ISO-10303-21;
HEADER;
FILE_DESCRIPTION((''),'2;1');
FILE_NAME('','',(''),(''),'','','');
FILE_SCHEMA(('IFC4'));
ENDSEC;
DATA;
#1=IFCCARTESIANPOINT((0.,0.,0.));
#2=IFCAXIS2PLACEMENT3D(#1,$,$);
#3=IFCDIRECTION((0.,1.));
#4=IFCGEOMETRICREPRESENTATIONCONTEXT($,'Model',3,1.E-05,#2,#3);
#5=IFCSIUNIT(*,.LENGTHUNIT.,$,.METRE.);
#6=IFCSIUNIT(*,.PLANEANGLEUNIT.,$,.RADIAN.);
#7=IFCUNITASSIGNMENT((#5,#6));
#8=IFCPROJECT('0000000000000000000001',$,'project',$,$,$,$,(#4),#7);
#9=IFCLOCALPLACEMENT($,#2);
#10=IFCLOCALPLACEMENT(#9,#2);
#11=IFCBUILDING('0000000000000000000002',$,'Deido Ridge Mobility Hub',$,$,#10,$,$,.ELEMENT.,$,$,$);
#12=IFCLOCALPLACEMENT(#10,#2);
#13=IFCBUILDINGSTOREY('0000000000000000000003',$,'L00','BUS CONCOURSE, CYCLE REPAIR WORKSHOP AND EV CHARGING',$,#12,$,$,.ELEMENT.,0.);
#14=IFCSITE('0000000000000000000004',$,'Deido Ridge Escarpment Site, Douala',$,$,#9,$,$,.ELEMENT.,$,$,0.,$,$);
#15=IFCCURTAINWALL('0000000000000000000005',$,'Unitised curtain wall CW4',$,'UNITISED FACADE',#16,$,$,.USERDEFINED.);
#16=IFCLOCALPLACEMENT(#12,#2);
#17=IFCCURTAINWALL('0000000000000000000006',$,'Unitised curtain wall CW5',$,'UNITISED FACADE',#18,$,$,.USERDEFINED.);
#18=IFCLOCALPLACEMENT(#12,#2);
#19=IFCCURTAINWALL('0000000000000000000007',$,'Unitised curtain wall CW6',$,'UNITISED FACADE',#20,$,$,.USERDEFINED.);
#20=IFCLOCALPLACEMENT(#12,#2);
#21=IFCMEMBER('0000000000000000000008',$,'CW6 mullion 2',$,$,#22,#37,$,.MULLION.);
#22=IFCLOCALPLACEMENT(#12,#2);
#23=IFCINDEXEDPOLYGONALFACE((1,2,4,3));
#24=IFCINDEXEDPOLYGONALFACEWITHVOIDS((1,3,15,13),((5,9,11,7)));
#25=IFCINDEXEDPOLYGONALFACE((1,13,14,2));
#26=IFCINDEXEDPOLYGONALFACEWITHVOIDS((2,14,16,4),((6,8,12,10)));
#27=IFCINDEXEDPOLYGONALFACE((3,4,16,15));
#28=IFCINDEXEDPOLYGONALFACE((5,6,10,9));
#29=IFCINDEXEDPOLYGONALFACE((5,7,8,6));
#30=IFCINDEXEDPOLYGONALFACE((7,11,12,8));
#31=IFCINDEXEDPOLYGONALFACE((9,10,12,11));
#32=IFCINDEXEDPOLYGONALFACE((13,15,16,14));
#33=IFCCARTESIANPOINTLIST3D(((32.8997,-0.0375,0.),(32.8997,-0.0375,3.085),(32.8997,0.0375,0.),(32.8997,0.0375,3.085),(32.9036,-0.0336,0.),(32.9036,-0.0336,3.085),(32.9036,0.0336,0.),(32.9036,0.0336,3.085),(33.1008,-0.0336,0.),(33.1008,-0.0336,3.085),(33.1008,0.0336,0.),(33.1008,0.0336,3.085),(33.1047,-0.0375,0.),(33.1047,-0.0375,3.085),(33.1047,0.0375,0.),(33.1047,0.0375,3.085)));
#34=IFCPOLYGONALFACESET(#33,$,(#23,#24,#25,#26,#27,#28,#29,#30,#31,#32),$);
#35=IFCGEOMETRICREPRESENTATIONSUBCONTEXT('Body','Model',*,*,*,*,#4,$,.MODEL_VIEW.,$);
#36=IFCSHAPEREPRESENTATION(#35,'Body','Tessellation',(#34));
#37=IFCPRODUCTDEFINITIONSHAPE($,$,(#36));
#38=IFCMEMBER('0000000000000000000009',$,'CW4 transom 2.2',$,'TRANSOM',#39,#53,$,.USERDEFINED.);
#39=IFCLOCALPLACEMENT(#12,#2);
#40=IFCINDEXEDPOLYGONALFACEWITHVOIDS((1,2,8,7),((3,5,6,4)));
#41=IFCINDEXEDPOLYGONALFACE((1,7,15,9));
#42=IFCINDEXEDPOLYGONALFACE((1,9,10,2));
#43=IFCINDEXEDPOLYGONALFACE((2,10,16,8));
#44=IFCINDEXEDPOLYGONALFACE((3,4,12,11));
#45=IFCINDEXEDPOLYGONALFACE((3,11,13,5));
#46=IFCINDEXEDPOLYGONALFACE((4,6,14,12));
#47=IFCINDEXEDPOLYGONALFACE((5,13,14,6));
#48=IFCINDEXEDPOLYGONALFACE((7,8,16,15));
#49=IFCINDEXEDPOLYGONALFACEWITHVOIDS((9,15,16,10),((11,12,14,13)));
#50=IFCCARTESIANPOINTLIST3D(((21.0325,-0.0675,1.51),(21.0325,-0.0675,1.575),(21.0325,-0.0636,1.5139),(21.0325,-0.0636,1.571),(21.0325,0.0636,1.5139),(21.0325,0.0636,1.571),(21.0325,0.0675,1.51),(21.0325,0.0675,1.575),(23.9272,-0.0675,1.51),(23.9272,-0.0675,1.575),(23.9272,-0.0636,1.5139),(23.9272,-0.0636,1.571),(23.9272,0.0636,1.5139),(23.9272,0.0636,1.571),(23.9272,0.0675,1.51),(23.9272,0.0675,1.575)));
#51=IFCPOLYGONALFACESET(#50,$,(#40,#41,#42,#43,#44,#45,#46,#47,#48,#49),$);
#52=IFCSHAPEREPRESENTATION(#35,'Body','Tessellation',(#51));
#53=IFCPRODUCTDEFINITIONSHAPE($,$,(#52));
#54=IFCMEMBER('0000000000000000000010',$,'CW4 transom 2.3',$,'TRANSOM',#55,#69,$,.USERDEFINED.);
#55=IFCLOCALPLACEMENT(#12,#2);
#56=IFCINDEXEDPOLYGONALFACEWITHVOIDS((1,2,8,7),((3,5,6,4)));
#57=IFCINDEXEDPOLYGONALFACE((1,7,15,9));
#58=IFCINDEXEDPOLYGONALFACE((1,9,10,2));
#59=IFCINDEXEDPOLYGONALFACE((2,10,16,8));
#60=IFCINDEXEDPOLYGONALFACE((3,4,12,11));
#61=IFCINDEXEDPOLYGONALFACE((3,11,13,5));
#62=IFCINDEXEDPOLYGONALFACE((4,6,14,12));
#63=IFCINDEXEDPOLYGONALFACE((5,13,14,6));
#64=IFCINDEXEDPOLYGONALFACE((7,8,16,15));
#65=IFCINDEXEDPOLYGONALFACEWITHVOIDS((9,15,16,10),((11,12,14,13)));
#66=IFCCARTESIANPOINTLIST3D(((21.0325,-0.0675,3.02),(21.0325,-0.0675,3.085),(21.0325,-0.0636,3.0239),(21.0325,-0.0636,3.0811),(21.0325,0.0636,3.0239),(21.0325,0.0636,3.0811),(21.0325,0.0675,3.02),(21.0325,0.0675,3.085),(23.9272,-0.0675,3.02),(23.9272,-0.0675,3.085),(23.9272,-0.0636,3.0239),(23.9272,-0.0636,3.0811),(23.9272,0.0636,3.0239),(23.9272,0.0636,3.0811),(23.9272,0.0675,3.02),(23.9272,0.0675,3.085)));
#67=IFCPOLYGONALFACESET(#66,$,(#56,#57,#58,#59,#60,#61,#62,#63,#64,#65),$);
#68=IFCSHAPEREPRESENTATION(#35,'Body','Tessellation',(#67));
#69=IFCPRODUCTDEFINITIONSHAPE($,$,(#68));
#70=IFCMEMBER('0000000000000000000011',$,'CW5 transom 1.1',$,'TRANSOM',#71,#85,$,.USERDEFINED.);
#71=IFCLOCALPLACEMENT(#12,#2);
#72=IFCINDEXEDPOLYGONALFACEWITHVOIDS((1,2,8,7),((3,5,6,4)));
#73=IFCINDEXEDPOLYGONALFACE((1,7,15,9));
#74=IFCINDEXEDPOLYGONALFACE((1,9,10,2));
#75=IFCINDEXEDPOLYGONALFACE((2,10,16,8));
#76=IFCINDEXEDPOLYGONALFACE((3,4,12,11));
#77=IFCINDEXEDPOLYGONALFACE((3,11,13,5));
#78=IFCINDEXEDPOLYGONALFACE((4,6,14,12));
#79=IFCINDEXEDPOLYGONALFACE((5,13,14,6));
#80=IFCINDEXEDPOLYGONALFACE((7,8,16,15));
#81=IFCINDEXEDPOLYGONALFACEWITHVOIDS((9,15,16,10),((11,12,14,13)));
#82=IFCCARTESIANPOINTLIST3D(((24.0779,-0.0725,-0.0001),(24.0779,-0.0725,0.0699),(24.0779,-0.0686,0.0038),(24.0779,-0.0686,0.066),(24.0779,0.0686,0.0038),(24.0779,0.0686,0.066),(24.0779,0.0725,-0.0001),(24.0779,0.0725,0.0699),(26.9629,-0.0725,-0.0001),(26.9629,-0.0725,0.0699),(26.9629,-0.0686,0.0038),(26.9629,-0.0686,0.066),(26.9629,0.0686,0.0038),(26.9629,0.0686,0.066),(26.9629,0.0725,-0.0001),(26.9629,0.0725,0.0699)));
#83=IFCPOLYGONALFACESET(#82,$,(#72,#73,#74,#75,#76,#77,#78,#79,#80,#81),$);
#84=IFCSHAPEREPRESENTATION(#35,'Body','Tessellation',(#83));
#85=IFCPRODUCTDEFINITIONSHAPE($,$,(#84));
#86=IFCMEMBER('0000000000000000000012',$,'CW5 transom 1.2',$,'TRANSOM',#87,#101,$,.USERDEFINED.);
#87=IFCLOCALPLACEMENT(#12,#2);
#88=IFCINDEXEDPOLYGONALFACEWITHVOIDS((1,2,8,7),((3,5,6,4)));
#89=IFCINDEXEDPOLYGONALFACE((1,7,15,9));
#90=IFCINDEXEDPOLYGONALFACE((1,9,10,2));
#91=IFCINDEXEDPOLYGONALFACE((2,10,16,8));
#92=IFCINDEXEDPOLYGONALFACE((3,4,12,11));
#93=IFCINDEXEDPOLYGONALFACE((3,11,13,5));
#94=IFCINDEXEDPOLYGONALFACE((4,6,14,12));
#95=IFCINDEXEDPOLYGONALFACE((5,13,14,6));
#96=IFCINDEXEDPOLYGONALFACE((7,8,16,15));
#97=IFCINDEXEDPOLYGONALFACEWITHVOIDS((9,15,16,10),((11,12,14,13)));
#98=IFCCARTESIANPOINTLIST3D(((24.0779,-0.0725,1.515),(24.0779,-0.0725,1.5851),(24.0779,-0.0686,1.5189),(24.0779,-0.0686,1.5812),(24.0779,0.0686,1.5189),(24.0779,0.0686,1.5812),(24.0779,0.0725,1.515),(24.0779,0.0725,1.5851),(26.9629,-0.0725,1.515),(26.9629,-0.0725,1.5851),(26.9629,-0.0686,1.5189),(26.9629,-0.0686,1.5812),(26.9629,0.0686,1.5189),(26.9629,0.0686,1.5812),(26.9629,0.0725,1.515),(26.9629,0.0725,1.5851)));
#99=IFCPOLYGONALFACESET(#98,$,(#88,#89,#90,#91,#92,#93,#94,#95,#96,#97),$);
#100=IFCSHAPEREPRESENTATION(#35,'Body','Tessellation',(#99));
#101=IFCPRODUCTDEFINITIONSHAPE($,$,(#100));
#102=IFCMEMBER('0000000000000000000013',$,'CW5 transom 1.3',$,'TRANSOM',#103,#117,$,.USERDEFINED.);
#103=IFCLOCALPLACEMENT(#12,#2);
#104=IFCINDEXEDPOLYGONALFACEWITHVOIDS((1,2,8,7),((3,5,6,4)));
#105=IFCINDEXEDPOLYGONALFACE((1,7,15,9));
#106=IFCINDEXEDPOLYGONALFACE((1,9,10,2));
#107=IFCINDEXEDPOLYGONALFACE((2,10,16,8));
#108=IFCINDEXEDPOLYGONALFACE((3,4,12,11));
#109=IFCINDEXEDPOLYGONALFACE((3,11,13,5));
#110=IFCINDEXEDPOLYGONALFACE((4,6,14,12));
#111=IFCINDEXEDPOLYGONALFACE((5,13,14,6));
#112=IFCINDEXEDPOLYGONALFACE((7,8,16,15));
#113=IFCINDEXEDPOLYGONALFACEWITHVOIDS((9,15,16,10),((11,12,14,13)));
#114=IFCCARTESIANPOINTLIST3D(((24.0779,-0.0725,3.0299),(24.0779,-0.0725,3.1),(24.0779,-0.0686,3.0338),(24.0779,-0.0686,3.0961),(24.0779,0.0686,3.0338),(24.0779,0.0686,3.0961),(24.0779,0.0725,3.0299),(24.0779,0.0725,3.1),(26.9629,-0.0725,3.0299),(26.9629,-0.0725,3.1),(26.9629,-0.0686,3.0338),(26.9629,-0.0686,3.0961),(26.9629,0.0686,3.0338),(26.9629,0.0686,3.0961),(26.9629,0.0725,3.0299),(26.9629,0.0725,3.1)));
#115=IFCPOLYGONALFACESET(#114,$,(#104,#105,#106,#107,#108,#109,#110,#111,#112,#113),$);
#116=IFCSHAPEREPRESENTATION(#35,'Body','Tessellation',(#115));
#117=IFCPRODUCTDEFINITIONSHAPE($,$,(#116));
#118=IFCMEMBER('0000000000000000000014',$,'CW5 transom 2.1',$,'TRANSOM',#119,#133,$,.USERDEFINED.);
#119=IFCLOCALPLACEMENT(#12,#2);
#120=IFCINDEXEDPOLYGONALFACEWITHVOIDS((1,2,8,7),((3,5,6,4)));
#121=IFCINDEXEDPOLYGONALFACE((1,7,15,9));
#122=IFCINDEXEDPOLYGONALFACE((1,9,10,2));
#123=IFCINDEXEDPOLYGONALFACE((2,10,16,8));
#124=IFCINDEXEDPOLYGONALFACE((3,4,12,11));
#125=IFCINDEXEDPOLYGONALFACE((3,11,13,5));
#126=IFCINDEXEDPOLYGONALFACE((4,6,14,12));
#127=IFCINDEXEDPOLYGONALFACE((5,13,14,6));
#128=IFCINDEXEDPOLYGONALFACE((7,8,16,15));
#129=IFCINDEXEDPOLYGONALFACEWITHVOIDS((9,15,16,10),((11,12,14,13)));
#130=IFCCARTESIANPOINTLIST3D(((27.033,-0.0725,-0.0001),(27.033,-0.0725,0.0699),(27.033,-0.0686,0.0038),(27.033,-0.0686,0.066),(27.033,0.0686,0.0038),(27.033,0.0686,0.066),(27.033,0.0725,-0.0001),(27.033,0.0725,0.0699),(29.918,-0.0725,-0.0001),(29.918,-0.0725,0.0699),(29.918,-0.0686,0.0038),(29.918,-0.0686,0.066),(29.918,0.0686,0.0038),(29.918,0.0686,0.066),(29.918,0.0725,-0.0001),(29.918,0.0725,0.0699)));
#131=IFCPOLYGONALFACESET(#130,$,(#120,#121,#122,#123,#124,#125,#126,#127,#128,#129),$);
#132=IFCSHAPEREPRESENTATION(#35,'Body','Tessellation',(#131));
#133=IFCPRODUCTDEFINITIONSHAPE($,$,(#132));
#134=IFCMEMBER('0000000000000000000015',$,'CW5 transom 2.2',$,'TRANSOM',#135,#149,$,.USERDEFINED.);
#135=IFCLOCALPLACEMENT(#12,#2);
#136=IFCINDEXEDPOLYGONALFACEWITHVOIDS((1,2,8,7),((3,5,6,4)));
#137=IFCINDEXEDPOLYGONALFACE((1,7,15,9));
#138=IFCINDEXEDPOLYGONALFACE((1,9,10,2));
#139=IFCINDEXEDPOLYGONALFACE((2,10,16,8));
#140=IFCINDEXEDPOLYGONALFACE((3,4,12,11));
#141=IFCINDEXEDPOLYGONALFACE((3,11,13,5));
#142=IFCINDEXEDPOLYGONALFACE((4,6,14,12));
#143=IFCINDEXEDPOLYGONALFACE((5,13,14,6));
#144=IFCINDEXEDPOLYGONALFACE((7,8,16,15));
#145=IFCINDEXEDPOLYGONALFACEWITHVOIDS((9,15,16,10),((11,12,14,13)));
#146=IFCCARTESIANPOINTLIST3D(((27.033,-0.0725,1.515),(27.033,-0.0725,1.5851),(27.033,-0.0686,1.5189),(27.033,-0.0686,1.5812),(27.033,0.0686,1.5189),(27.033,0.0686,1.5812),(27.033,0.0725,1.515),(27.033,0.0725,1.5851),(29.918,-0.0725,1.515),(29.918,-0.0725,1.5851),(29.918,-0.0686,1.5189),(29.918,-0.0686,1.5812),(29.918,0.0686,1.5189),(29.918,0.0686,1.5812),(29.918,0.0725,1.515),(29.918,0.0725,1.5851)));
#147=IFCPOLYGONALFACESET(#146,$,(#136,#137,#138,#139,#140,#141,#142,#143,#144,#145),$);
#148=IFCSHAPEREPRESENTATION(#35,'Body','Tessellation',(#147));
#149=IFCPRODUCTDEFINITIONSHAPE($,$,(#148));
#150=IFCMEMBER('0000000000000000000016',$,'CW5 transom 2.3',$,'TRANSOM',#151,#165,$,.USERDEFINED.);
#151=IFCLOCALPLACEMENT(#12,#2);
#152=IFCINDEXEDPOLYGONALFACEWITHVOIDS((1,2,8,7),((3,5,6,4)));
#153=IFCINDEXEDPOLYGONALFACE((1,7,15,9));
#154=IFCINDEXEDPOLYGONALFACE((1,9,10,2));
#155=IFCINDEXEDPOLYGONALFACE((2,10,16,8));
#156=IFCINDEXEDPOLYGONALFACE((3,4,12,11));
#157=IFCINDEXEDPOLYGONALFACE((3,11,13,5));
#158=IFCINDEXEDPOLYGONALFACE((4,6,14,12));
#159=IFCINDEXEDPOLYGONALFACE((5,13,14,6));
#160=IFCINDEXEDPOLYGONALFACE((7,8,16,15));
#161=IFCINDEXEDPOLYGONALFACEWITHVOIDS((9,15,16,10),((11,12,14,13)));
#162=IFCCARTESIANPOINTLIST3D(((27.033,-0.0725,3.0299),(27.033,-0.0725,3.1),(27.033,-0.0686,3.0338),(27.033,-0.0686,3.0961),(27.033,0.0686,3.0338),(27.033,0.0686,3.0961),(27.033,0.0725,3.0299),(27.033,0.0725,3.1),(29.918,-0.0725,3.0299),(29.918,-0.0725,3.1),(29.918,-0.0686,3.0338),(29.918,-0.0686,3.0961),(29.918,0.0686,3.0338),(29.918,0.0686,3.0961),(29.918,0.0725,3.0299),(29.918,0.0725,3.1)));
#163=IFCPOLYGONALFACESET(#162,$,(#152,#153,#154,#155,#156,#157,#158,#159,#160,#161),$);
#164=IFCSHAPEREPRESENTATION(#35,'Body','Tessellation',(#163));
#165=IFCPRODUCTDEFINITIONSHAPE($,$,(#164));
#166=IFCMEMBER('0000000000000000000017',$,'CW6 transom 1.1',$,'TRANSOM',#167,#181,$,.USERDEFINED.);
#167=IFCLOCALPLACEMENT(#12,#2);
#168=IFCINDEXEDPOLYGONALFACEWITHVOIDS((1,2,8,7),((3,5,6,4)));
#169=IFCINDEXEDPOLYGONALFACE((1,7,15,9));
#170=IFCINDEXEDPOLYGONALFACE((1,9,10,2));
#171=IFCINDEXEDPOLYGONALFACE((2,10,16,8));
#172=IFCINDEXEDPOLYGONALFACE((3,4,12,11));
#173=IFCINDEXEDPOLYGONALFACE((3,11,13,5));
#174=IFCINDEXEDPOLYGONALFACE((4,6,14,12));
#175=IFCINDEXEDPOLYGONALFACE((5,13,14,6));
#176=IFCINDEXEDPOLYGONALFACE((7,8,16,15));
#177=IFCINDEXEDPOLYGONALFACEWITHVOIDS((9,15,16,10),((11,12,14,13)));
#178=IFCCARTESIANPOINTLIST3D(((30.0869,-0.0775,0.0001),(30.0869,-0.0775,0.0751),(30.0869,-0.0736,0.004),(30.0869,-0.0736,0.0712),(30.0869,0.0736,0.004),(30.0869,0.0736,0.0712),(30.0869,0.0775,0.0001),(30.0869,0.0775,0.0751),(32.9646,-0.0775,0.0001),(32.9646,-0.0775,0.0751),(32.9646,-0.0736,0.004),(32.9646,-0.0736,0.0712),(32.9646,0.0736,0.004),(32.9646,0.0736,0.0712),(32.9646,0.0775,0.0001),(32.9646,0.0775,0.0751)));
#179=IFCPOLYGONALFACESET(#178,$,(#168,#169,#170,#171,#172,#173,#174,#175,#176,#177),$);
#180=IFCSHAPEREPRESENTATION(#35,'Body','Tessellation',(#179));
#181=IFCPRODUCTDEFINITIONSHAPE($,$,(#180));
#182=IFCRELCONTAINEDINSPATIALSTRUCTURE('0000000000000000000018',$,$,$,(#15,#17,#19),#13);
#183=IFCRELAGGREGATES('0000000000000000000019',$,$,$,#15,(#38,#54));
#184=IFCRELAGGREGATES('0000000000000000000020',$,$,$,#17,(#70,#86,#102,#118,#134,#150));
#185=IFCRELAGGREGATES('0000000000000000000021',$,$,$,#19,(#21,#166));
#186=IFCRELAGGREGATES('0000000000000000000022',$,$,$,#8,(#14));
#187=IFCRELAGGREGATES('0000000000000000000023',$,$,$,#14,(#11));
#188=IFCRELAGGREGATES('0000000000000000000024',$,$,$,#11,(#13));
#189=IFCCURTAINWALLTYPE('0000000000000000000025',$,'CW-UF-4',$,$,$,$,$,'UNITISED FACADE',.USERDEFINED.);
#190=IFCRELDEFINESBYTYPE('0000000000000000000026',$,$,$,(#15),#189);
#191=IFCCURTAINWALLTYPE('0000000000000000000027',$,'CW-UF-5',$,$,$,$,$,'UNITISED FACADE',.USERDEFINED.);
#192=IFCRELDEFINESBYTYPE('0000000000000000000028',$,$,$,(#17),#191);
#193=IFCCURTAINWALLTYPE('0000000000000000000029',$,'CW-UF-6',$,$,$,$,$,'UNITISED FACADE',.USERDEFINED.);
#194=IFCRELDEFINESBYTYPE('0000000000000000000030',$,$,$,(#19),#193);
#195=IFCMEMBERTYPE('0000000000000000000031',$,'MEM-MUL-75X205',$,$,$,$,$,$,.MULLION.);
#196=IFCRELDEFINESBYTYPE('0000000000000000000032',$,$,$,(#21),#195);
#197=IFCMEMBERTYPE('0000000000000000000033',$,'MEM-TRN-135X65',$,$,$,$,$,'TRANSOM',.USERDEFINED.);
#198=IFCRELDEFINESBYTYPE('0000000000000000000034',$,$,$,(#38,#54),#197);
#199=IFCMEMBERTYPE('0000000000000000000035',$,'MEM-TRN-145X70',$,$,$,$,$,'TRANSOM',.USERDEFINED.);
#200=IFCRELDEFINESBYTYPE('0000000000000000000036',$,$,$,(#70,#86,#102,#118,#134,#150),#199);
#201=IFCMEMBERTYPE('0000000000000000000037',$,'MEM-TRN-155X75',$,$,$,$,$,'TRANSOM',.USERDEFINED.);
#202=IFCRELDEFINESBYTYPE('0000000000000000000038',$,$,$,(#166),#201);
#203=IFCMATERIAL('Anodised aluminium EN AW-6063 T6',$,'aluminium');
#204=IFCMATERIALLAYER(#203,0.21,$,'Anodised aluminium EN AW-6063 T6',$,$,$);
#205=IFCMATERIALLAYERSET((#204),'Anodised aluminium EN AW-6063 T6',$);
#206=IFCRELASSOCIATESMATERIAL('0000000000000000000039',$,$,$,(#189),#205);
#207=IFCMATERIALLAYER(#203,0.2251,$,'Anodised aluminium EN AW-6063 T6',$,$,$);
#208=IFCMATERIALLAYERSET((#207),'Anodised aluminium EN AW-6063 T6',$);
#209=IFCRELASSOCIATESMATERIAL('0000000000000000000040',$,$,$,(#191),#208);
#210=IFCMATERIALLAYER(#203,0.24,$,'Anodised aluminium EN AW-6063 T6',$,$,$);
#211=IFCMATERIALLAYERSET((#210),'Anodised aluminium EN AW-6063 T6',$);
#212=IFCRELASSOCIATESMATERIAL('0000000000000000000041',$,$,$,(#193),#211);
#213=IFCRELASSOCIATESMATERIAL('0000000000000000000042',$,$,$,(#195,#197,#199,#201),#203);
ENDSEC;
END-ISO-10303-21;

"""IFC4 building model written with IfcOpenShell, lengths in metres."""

from ifc_helpers import new_model, si_unit, direction, frame, origin, origin_2d, place, context, subcontext, project, spatial, hollow_rectangle, extrude, material, layer, layer_set, material_profile, profile_set, type_object, element, aggregate, save


model = new_model("IFC4")

# Units and contexts
model_context = context("Model", 3, precision=1e-05, world=origin(), true_north=direction((0.0, 1.0)))
body_context = subcontext(model_context, "Body", "Model", "MODEL_VIEW")
ifc_project = project(units=[si_unit("LENGTHUNIT", "METRE"), si_unit("PLANEANGLEUNIT", "RADIAN")], contexts=[model_context])

# Site, building, storey
site_placement = place(None, origin())
site = spatial("IfcSite", under=ifc_project, at=site_placement, Name="Deido Ridge Escarpment Site, Douala", CompositionType="ELEMENT", RefElevation=0.0)
building_placement = place(site_placement, origin())
building = spatial("IfcBuilding", under=site, at=building_placement, Name="Deido Ridge Mobility Hub", CompositionType="ELEMENT")
storey_placement = place(building_placement, origin())
storey = spatial("IfcBuildingStorey", under=building, at=storey_placement, Name="L00", Description="BUS CONCOURSE, CYCLE REPAIR WORKSHOP AND EV CHARGING", CompositionType="ELEMENT", Elevation=0.0)

# Curtain wall
ifc_material_1 = material(Name="Anodised aluminium EN AW-6063 T6", Category="aluminium")
ifc_layer_1 = layer(ifc_material_1, 0.21, Name="Anodised aluminium EN AW-6063 T6")
ifc_layer_set_1 = layer_set([ifc_layer_1], Name="Anodised aluminium EN AW-6063 T6")
curtain_wall_type_1 = type_object("IfcCurtainWallType", Name="CW-UF-4", ElementType="UNITISED FACADE", PredefinedType="USERDEFINED", material=ifc_layer_set_1)
curtain_wall_1_placement = place(storey_placement, origin())
curtain_wall_1 = element("IfcCurtainWall", 1, at=curtain_wall_1_placement, inside=storey, type_object=curtain_wall_type_1, Name="Unitised curtain wall CW4", ObjectType="UNITISED FACADE", PredefinedType="USERDEFINED")

# Curtain walls, member
ifc_layer_2 = layer(ifc_material_1, 0.2251, Name="Anodised aluminium EN AW-6063 T6")
ifc_layer_set_2 = layer_set([ifc_layer_2], Name="Anodised aluminium EN AW-6063 T6")
curtain_wall_type_2 = type_object("IfcCurtainWallType", Name="CW-UF-5", ElementType="UNITISED FACADE", PredefinedType="USERDEFINED", material=ifc_layer_set_2)
curtain_wall_2_placement = place(storey_placement, origin())
curtain_wall_2 = element("IfcCurtainWall", 2, at=curtain_wall_2_placement, inside=storey, type_object=curtain_wall_type_2, Name="Unitised curtain wall CW5", ObjectType="UNITISED FACADE", PredefinedType="USERDEFINED")
ifc_layer_3 = layer(ifc_material_1, 0.24, Name="Anodised aluminium EN AW-6063 T6")
ifc_layer_set_3 = layer_set([ifc_layer_3], Name="Anodised aluminium EN AW-6063 T6")
curtain_wall_type_3 = type_object("IfcCurtainWallType", Name="CW-UF-6", ElementType="UNITISED FACADE", PredefinedType="USERDEFINED", material=ifc_layer_set_3)
curtain_wall_3_placement = place(storey_placement, origin())
curtain_wall_3 = element("IfcCurtainWall", 3, at=curtain_wall_3_placement, inside=storey, type_object=curtain_wall_type_3, Name="Unitised curtain wall CW6", ObjectType="UNITISED FACADE", PredefinedType="USERDEFINED")
ifc_material_profile_1 = material_profile(ifc_material_1, hollow_rectangle(XDim=0.075, YDim=0.2051, WallThickness=0.0039, at=origin_2d()), Name="RHS 75x205x4")
ifc_profile_set_1 = profile_set([ifc_material_profile_1], Name="Anodised aluminium EN AW-6063 T6")
member_type_1 = type_object("IfcMemberType", Name="MEM-MUL-75X205", PredefinedType="MULLION", material=ifc_profile_set_1)
member_1_placement = place(storey_placement, frame((33.0022, 0.0, 0.0), z_axis=(0.0, 0.0, 1.0), x_axis=(0.0, 1.0, 0.0)))
member_1 = element("IfcMember", 4, at=member_1_placement, type_object=member_type_1, Name="CW6 mullion 2", PredefinedType="MULLION", context=body_context, shape_type="SweptSolid", body=[
    extrude(hollow_rectangle(XDim=0.075, YDim=0.2051, WallThickness=0.0039, at=origin_2d()), origin(), (0.0, 0.0, 1.0), 3.085),
])

# Members
ifc_material_profile_2 = material_profile(ifc_material_1, hollow_rectangle(XDim=0.135, YDim=0.0649, WallThickness=0.0039, at=origin_2d()), Name="RHS 135x65x4")
ifc_profile_set_2 = profile_set([ifc_material_profile_2], Name="Anodised aluminium EN AW-6063 T6")
member_type_2 = type_object("IfcMemberType", Name="MEM-TRN-135X65", ElementType="TRANSOM", PredefinedType="USERDEFINED", material=ifc_profile_set_2)
member_2_placement = place(storey_placement, frame((21.0325, 0.0, 1.5425), z_axis=(1.0, 0.0, 0.0), x_axis=(0.0, 1.0, 0.0)))
member_2 = element("IfcMember", 5, at=member_2_placement, type_object=member_type_2, Name="CW4 transom 2.2", ObjectType="TRANSOM", PredefinedType="USERDEFINED", context=body_context, shape_type="SweptSolid", body=[
    extrude(hollow_rectangle(XDim=0.135, YDim=0.0649, WallThickness=0.0039, at=origin_2d()), origin(), (0.0, 0.0, 1.0), 2.8948),
])
member_3_placement = place(storey_placement, frame((21.0325, 0.0, 3.0525), z_axis=(1.0, 0.0, 0.0), x_axis=(0.0, 1.0, 0.0)))
member_3 = element("IfcMember", 6, at=member_3_placement, type_object=member_type_2, Name="CW4 transom 2.3", ObjectType="TRANSOM", PredefinedType="USERDEFINED", context=body_context, shape_type="SweptSolid", body=[
    extrude(hollow_rectangle(XDim=0.135, YDim=0.0649, WallThickness=0.0039, at=origin_2d()), origin(), (0.0, 0.0, 1.0), 2.8948),
])
ifc_material_profile_3 = material_profile(ifc_material_1, hollow_rectangle(XDim=0.145, YDim=0.0701, WallThickness=0.0039, at=origin_2d()), Name="RHS 145x70x4")
ifc_profile_set_3 = profile_set([ifc_material_profile_3], Name="Anodised aluminium EN AW-6063 T6")
member_type_3 = type_object("IfcMemberType", Name="MEM-TRN-145X70", ElementType="TRANSOM", PredefinedType="USERDEFINED", material=ifc_profile_set_3)
member_4_placement = place(storey_placement, frame((24.0779, 0.0, 0.0349), z_axis=(1.0, 0.0, 0.0), x_axis=(0.0, 1.0, 0.0)))
member_4 = element("IfcMember", 7, at=member_4_placement, type_object=member_type_3, Name="CW5 transom 1.1", ObjectType="TRANSOM", PredefinedType="USERDEFINED", context=body_context, shape_type="SweptSolid", body=[
    extrude(hollow_rectangle(XDim=0.145, YDim=0.0701, WallThickness=0.0039, at=origin_2d()), origin(), (0.0, 0.0, 1.0), 2.885),
])
member_5_placement = place(storey_placement, frame((24.0779, 0.0, 1.55), z_axis=(1.0, 0.0, 0.0), x_axis=(0.0, 1.0, 0.0)))
member_5 = element("IfcMember", 8, at=member_5_placement, type_object=member_type_3, Name="CW5 transom 1.2", ObjectType="TRANSOM", PredefinedType="USERDEFINED", context=body_context, shape_type="SweptSolid", body=[
    extrude(hollow_rectangle(XDim=0.145, YDim=0.0701, WallThickness=0.0039, at=origin_2d()), origin(), (0.0, 0.0, 1.0), 2.885),
])
member_6_placement = place(storey_placement, frame((24.0779, 0.0, 3.0649), z_axis=(1.0, 0.0, 0.0), x_axis=(0.0, 1.0, 0.0)))
member_6 = element("IfcMember", 9, at=member_6_placement, type_object=member_type_3, Name="CW5 transom 1.3", ObjectType="TRANSOM", PredefinedType="USERDEFINED", context=body_context, shape_type="SweptSolid", body=[
    extrude(hollow_rectangle(XDim=0.145, YDim=0.0701, WallThickness=0.0039, at=origin_2d()), origin(), (0.0, 0.0, 1.0), 2.885),
])
member_7_placement = place(storey_placement, frame((27.033, 0.0, 0.0349), z_axis=(1.0, 0.0, 0.0), x_axis=(0.0, 1.0, 0.0)))
member_7 = element("IfcMember", 10, at=member_7_placement, type_object=member_type_3, Name="CW5 transom 2.1", ObjectType="TRANSOM", PredefinedType="USERDEFINED", context=body_context, shape_type="SweptSolid", body=[
    extrude(hollow_rectangle(XDim=0.145, YDim=0.0701, WallThickness=0.0039, at=origin_2d()), origin(), (0.0, 0.0, 1.0), 2.885),
])
member_8_placement = place(storey_placement, frame((27.033, 0.0, 1.55), z_axis=(1.0, 0.0, 0.0), x_axis=(0.0, 1.0, 0.0)))
member_8 = element("IfcMember", 11, at=member_8_placement, type_object=member_type_3, Name="CW5 transom 2.2", ObjectType="TRANSOM", PredefinedType="USERDEFINED", context=body_context, shape_type="SweptSolid", body=[
    extrude(hollow_rectangle(XDim=0.145, YDim=0.0701, WallThickness=0.0039, at=origin_2d()), origin(), (0.0, 0.0, 1.0), 2.885),
])
member_9_placement = place(storey_placement, frame((27.033, 0.0, 3.0649), z_axis=(1.0, 0.0, 0.0), x_axis=(0.0, 1.0, 0.0)))
member_9 = element("IfcMember", 12, at=member_9_placement, type_object=member_type_3, Name="CW5 transom 2.3", ObjectType="TRANSOM", PredefinedType="USERDEFINED", context=body_context, shape_type="SweptSolid", body=[
    extrude(hollow_rectangle(XDim=0.145, YDim=0.0701, WallThickness=0.0039, at=origin_2d()), origin(), (0.0, 0.0, 1.0), 2.885),
])
ifc_material_profile_4 = material_profile(ifc_material_1, hollow_rectangle(XDim=0.155, YDim=0.075, WallThickness=0.0039, at=origin_2d()), Name="RHS 155x75x4")
ifc_profile_set_4 = profile_set([ifc_material_profile_4], Name="Anodised aluminium EN AW-6063 T6")
member_type_4 = type_object("IfcMemberType", Name="MEM-TRN-155X75", ElementType="TRANSOM", PredefinedType="USERDEFINED", material=ifc_profile_set_4)
member_10_placement = place(storey_placement, frame((30.0869, 0.0, 0.0376), z_axis=(1.0, 0.0, 0.0), x_axis=(0.0, 1.0, 0.0)))
member_10 = element("IfcMember", 13, at=member_10_placement, type_object=member_type_4, Name="CW6 transom 1.1", ObjectType="TRANSOM", PredefinedType="USERDEFINED", context=body_context, shape_type="SweptSolid", body=[
    extrude(hollow_rectangle(XDim=0.155, YDim=0.075, WallThickness=0.0039, at=origin_2d()), origin(), (0.0, 0.0, 1.0), 2.8777),
])

aggregate(curtain_wall_1, [member_2, member_3])
aggregate(curtain_wall_2, [member_4, member_5, member_6, member_7, member_8, member_9])
aggregate(curtain_wall_3, [member_1, member_10])

save(model, "model.ifc")
